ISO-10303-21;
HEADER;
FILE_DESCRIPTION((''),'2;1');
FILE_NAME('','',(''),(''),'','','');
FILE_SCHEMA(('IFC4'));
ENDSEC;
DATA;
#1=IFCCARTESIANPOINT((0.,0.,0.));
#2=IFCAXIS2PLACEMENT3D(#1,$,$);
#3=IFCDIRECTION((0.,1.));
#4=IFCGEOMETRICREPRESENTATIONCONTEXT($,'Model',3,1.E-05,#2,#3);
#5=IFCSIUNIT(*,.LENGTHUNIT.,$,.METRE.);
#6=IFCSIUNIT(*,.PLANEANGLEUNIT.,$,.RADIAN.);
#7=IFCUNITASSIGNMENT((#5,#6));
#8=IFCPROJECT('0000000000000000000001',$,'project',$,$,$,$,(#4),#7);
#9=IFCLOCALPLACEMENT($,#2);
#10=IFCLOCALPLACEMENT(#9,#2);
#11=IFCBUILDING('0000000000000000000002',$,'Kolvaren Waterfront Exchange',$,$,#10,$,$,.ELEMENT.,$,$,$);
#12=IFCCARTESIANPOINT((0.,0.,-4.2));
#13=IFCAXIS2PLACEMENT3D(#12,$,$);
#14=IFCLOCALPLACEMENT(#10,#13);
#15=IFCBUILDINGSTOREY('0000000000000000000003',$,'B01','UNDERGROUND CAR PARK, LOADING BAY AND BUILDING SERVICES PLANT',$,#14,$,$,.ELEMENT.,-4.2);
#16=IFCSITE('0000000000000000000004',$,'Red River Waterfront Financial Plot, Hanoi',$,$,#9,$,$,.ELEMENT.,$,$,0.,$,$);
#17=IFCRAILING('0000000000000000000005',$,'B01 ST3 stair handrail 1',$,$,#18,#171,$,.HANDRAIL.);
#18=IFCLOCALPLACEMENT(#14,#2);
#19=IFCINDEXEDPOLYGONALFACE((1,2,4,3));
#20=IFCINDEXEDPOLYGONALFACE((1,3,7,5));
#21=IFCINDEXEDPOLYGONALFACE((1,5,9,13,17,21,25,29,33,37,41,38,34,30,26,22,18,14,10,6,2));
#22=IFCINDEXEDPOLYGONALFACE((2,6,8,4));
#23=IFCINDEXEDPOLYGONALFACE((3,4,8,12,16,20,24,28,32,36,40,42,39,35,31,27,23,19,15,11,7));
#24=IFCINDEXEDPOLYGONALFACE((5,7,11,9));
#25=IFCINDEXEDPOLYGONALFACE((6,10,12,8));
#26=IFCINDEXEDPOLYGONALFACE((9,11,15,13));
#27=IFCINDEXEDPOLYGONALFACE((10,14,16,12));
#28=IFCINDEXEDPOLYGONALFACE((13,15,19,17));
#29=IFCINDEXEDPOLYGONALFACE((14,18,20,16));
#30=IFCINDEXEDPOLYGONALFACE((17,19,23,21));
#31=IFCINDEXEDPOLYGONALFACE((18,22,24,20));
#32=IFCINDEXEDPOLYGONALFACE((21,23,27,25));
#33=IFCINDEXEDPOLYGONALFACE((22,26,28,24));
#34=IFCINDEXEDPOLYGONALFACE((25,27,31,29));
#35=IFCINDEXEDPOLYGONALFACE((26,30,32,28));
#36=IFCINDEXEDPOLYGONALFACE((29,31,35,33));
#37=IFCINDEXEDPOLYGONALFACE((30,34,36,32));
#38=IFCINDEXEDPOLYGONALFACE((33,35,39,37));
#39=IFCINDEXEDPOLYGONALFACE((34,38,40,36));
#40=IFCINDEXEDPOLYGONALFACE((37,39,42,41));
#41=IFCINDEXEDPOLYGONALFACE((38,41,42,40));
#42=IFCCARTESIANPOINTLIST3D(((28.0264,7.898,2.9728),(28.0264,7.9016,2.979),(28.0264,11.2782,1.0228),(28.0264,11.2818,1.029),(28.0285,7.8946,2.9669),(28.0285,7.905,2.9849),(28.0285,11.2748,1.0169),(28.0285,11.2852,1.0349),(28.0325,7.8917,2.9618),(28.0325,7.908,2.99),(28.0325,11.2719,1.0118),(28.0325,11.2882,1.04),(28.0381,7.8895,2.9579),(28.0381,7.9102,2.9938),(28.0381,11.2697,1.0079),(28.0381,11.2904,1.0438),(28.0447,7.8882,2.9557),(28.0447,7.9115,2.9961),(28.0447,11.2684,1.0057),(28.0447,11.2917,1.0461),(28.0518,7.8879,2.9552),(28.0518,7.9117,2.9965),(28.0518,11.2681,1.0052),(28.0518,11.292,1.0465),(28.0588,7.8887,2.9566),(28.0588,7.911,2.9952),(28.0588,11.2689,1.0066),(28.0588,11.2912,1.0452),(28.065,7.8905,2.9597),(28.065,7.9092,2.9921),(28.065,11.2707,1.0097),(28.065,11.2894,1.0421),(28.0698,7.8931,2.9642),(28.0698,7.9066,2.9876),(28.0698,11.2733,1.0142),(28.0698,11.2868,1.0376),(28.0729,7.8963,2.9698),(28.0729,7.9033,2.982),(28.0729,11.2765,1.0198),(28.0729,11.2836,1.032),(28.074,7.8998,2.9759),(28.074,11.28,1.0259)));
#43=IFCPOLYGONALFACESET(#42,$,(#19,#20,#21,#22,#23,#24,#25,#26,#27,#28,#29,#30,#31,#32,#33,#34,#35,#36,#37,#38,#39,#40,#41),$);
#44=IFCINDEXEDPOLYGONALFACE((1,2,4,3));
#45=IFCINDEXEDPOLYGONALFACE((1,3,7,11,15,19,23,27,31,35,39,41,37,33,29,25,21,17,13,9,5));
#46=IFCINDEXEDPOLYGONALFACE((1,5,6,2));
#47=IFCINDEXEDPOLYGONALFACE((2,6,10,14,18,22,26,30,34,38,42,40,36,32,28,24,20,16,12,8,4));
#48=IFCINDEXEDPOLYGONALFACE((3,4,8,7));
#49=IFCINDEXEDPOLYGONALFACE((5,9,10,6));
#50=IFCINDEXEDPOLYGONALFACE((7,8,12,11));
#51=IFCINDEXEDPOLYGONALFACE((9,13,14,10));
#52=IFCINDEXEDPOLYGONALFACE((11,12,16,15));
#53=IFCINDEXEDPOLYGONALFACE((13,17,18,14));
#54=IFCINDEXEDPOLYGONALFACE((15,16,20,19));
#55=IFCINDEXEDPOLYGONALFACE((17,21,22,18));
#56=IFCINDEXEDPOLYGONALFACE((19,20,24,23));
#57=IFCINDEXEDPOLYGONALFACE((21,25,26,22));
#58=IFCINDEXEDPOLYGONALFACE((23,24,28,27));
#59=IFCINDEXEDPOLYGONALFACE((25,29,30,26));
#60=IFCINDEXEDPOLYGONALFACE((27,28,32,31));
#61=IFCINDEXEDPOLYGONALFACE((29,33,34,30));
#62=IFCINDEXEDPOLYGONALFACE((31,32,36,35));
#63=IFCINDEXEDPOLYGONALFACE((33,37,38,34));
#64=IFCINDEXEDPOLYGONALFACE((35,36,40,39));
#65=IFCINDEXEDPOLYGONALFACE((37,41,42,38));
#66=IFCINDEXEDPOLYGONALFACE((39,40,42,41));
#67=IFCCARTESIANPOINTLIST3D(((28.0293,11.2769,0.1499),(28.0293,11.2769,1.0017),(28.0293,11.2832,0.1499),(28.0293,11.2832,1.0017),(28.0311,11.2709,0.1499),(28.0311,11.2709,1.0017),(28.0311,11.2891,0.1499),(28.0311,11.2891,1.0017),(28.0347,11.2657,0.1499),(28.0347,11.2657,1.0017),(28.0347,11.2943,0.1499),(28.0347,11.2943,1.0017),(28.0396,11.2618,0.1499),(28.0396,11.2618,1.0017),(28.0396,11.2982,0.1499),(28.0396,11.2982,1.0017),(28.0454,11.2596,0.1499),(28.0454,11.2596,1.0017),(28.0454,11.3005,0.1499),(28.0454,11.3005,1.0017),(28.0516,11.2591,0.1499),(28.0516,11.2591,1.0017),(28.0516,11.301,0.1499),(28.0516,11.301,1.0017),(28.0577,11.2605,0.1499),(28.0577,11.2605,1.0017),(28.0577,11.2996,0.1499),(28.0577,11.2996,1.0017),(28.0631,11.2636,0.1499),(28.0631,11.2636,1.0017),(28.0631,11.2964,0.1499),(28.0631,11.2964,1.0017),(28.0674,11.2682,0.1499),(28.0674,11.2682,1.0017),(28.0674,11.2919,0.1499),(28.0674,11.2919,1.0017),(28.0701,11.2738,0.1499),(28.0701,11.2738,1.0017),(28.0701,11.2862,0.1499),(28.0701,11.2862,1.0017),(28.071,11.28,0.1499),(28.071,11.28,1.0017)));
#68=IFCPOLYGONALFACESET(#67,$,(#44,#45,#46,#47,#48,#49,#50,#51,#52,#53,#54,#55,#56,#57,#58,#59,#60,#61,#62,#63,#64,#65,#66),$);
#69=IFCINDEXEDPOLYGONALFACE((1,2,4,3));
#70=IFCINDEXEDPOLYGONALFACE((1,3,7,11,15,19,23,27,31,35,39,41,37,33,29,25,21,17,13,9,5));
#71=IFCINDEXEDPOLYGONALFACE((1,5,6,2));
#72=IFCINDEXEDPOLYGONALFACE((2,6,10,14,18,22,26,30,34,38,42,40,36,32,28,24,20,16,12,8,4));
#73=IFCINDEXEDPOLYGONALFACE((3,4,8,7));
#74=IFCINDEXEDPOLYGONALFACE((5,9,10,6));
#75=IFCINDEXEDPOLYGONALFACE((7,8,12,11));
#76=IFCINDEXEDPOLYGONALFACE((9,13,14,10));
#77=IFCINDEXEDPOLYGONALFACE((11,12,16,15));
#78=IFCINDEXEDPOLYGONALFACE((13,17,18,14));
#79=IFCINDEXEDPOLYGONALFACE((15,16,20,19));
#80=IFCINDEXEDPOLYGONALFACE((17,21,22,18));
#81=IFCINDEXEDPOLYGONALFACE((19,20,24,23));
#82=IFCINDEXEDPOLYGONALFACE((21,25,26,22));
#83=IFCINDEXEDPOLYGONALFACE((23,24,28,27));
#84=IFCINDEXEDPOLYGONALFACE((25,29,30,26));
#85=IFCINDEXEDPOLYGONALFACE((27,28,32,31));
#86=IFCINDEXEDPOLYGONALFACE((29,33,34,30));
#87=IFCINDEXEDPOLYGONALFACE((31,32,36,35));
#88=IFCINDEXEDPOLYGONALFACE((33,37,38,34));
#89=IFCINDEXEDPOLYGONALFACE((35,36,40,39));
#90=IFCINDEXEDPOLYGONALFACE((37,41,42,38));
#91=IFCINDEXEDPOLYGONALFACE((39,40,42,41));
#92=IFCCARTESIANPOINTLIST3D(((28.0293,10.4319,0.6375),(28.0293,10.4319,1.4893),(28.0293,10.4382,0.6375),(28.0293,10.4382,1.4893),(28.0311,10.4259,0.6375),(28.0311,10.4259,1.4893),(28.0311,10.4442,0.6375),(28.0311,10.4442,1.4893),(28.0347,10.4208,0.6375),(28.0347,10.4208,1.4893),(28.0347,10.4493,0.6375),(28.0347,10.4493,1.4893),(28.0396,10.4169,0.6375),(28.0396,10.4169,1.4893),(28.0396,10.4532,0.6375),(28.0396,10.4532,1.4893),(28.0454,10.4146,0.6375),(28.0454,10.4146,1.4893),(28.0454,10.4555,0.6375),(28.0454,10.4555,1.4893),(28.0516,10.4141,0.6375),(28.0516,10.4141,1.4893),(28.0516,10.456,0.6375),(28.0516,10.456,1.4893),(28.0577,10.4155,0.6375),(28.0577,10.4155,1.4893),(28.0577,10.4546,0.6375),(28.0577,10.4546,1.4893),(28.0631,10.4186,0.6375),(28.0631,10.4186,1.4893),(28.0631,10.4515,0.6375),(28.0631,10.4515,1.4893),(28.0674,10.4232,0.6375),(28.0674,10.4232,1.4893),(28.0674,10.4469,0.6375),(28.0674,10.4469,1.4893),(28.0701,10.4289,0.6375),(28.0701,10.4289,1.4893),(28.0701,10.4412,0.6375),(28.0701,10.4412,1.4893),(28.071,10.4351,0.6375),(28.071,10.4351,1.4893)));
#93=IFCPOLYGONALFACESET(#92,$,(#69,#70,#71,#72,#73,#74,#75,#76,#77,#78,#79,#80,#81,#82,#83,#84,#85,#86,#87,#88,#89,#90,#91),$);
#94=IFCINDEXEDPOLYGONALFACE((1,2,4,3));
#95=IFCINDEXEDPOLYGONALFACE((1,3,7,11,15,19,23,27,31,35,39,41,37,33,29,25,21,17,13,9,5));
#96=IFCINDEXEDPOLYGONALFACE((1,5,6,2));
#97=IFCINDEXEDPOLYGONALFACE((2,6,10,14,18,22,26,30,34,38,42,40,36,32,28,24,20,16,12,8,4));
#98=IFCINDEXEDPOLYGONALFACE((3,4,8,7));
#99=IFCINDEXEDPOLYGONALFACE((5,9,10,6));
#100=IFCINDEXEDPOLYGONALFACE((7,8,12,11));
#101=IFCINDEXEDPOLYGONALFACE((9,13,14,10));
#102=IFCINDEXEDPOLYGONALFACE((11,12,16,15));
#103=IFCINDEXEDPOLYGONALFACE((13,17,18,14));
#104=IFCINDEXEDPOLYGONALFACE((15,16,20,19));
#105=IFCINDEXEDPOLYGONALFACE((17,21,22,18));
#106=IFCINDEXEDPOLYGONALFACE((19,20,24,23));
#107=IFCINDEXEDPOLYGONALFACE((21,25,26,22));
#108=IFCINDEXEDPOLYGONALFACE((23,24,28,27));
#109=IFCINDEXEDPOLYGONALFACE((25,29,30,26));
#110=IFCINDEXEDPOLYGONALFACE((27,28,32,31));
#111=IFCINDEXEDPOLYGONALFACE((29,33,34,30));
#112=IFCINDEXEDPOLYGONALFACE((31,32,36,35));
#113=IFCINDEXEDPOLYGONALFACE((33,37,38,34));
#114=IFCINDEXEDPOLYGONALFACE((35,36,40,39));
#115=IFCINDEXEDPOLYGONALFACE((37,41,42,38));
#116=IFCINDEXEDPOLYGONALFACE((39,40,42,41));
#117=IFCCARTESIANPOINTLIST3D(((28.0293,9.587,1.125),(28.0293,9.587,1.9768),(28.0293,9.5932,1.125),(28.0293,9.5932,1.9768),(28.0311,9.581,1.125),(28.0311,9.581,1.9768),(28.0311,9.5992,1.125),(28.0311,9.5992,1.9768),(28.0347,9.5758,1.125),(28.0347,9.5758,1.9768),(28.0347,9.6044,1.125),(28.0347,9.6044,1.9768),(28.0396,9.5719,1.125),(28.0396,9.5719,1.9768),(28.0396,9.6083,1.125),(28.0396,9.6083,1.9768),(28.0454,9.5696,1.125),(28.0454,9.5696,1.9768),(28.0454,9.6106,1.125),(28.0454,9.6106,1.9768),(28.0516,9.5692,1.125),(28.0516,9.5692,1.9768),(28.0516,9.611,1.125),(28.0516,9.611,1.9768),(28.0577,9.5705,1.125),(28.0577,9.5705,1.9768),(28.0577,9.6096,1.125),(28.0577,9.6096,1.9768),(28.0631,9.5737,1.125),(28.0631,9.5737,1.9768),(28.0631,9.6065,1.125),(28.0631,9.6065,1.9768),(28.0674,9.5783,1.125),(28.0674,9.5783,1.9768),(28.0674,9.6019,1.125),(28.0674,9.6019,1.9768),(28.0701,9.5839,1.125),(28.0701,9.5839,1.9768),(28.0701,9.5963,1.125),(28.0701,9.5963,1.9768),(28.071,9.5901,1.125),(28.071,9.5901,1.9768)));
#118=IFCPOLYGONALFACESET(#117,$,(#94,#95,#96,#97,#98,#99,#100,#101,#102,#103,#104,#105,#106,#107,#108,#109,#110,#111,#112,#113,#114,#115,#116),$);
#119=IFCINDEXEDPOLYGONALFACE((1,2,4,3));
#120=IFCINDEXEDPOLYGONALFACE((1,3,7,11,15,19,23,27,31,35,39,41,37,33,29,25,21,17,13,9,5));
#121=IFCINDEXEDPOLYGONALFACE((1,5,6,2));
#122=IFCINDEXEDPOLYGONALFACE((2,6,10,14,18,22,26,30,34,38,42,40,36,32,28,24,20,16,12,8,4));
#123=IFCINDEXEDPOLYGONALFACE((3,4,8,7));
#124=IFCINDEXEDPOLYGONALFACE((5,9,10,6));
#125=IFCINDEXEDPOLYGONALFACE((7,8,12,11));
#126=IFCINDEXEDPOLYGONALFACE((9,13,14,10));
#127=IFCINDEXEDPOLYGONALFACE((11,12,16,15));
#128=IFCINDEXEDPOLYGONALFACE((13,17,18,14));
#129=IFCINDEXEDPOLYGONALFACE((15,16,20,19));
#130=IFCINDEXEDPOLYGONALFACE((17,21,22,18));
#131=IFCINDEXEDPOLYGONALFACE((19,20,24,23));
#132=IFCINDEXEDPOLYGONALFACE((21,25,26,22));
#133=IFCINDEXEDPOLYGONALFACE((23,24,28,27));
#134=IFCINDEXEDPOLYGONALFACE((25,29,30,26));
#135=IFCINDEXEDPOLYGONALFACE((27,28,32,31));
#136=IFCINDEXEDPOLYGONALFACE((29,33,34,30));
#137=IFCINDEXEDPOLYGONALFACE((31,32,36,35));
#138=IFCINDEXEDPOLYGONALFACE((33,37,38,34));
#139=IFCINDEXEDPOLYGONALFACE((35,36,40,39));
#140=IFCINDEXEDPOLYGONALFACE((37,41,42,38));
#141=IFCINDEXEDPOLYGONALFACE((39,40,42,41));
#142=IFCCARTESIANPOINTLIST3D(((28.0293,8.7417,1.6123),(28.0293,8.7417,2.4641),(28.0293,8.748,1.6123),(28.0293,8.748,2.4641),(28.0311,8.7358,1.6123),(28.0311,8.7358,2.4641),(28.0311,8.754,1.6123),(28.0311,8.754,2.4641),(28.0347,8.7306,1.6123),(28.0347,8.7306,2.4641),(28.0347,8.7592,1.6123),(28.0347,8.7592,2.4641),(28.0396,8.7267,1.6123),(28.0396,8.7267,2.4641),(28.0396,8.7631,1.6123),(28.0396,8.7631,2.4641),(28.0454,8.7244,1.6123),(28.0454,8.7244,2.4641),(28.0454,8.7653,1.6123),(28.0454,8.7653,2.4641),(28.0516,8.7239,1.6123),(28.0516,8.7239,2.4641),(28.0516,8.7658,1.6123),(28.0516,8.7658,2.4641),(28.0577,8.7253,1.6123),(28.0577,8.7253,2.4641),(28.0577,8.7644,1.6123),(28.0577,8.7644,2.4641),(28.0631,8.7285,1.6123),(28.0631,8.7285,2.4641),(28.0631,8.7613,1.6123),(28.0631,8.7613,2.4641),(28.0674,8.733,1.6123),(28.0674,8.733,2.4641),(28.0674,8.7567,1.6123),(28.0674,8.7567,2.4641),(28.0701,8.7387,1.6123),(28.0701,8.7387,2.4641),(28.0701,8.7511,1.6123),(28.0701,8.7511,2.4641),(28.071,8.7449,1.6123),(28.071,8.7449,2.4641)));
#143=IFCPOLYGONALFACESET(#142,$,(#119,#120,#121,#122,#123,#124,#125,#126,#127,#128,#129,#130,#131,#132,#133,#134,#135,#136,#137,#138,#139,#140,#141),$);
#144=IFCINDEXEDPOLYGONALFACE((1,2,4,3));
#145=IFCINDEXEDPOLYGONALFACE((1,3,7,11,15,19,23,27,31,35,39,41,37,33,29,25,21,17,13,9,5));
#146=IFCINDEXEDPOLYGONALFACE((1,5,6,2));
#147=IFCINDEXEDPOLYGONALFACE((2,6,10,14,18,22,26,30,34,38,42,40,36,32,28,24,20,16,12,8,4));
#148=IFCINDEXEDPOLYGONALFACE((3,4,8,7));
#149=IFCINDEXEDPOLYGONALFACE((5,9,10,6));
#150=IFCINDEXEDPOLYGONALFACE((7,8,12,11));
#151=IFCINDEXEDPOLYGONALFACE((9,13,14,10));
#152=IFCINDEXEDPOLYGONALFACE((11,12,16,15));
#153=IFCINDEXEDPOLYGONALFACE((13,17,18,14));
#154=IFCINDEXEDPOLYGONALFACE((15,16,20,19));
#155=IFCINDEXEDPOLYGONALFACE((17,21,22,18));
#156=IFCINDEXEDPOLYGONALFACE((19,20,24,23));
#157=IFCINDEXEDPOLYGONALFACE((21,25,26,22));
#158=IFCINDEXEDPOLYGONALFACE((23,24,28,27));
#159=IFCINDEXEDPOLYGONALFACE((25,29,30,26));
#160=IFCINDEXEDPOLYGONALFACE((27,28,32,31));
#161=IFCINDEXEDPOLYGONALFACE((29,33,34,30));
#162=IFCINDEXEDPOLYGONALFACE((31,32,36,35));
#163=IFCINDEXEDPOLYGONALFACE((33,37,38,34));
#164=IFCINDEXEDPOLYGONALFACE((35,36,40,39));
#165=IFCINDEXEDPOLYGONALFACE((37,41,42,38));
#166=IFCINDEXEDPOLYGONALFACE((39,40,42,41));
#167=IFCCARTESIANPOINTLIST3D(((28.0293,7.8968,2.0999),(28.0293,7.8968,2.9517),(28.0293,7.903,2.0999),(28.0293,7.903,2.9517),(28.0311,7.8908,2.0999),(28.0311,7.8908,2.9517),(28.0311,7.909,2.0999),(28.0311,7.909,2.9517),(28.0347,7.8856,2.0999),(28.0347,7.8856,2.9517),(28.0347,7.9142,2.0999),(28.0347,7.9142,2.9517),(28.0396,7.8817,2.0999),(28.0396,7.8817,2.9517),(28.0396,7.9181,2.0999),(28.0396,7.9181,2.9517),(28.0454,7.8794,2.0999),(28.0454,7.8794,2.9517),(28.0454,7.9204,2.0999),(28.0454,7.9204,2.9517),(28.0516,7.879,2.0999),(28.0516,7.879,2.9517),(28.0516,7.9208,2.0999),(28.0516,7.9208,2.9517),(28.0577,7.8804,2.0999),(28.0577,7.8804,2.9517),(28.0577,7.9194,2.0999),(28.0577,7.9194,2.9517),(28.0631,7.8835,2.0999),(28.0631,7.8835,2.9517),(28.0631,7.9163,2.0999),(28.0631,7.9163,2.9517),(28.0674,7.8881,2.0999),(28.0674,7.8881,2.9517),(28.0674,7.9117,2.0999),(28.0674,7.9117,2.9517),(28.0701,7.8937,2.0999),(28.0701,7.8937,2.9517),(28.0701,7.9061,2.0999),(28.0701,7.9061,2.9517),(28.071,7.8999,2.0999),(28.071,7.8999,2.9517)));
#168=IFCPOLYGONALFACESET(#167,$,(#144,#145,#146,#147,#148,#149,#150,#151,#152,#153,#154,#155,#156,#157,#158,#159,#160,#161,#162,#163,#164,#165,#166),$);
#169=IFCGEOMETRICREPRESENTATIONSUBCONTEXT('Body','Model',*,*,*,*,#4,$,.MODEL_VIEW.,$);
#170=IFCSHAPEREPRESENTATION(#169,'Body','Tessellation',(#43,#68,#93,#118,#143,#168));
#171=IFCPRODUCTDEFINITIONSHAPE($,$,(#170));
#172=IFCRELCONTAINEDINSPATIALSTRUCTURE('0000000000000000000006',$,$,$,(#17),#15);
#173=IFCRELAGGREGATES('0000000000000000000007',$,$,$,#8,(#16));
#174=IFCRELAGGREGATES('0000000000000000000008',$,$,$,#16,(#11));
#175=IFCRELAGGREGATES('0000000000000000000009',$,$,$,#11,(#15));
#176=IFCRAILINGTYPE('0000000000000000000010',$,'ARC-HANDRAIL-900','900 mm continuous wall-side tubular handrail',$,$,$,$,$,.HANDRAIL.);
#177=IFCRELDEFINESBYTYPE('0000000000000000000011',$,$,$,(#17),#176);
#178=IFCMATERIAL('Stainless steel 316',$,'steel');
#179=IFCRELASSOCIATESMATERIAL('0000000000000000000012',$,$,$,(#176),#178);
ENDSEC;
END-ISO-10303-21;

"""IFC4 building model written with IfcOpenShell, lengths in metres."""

from ifc_helpers import new_model, si_unit, direction, frame, origin, origin_2d, place, context, subcontext, project, spatial, circle, extrude, material, type_object, element, save


model = new_model("IFC4")

# Units and contexts
model_context = context("Model", 3, precision=1e-05, world=origin(), true_north=direction((0.0, 1.0)))
body_context = subcontext(model_context, "Body", "Model", "MODEL_VIEW")
ifc_project = project(units=[si_unit("LENGTHUNIT", "METRE"), si_unit("PLANEANGLEUNIT", "RADIAN")], contexts=[model_context])

# Site, building, storey
site_placement = place(None, origin())
site = spatial("IfcSite", under=ifc_project, at=site_placement, Name="Red River Waterfront Financial Plot, Hanoi", CompositionType="ELEMENT", RefElevation=0.0)
building_placement = place(site_placement, origin())
building = spatial("IfcBuilding", under=site, at=building_placement, Name="Kolvaren Waterfront Exchange", CompositionType="ELEMENT")
storey_placement = place(building_placement, frame((0.0, 0.0, -4.2)))
storey = spatial("IfcBuildingStorey", under=building, at=storey_placement, Name="B01", Description="UNDERGROUND CAR PARK, LOADING BAY AND BUILDING SERVICES PLANT", CompositionType="ELEMENT", Elevation=-4.2)

# Railing
ifc_material_1 = material(Name="Stainless steel 316", Category="steel")
railing_type_1 = type_object("IfcRailingType", Name="ARC-HANDRAIL-900", Description="900 mm continuous wall-side tubular handrail", PredefinedType="HANDRAIL", material=ifc_material_1)
railing_1_placement = place(storey_placement, frame((28.05, 11.28, 0.1499)))
element("IfcRailing", 1, at=railing_1_placement, inside=storey, type_object=railing_type_1, Name="B01 ST3 stair handrail 1", PredefinedType="HANDRAIL", context=body_context, shape_type="SweptSolid", body=[
    extrude(circle(Radius=0.0239, at=origin_2d()), frame((0.0, 0.0, 0.876), z_axis=(0.0, -0.866199, 0.499699), x_axis=(1.0, 0.0, 0.0)), (0.0, 0.0, 1.0), 3.9023),
    extrude(circle(Radius=0.021, at=origin_2d()), origin(), (0.0, 0.0, 1.0), 0.8518),
    extrude(circle(Radius=0.021, at=origin_2d()), frame((0.0, -0.845, 0.4875)), (0.0, 0.0, 1.0), 0.8518),
    extrude(circle(Radius=0.021, at=origin_2d()), frame((0.0, -1.6899, 0.9751)), (0.0, 0.0, 1.0), 0.8518),
    extrude(circle(Radius=0.021, at=origin_2d()), frame((0.0, -2.5352, 1.4624)), (0.0, 0.0, 1.0), 0.8518),
    extrude(circle(Radius=0.021, at=origin_2d()), frame((0.0, -3.3801, 1.95)), (0.0, 0.0, 1.0), 0.8518),
])

save(model, "model.ifc")
